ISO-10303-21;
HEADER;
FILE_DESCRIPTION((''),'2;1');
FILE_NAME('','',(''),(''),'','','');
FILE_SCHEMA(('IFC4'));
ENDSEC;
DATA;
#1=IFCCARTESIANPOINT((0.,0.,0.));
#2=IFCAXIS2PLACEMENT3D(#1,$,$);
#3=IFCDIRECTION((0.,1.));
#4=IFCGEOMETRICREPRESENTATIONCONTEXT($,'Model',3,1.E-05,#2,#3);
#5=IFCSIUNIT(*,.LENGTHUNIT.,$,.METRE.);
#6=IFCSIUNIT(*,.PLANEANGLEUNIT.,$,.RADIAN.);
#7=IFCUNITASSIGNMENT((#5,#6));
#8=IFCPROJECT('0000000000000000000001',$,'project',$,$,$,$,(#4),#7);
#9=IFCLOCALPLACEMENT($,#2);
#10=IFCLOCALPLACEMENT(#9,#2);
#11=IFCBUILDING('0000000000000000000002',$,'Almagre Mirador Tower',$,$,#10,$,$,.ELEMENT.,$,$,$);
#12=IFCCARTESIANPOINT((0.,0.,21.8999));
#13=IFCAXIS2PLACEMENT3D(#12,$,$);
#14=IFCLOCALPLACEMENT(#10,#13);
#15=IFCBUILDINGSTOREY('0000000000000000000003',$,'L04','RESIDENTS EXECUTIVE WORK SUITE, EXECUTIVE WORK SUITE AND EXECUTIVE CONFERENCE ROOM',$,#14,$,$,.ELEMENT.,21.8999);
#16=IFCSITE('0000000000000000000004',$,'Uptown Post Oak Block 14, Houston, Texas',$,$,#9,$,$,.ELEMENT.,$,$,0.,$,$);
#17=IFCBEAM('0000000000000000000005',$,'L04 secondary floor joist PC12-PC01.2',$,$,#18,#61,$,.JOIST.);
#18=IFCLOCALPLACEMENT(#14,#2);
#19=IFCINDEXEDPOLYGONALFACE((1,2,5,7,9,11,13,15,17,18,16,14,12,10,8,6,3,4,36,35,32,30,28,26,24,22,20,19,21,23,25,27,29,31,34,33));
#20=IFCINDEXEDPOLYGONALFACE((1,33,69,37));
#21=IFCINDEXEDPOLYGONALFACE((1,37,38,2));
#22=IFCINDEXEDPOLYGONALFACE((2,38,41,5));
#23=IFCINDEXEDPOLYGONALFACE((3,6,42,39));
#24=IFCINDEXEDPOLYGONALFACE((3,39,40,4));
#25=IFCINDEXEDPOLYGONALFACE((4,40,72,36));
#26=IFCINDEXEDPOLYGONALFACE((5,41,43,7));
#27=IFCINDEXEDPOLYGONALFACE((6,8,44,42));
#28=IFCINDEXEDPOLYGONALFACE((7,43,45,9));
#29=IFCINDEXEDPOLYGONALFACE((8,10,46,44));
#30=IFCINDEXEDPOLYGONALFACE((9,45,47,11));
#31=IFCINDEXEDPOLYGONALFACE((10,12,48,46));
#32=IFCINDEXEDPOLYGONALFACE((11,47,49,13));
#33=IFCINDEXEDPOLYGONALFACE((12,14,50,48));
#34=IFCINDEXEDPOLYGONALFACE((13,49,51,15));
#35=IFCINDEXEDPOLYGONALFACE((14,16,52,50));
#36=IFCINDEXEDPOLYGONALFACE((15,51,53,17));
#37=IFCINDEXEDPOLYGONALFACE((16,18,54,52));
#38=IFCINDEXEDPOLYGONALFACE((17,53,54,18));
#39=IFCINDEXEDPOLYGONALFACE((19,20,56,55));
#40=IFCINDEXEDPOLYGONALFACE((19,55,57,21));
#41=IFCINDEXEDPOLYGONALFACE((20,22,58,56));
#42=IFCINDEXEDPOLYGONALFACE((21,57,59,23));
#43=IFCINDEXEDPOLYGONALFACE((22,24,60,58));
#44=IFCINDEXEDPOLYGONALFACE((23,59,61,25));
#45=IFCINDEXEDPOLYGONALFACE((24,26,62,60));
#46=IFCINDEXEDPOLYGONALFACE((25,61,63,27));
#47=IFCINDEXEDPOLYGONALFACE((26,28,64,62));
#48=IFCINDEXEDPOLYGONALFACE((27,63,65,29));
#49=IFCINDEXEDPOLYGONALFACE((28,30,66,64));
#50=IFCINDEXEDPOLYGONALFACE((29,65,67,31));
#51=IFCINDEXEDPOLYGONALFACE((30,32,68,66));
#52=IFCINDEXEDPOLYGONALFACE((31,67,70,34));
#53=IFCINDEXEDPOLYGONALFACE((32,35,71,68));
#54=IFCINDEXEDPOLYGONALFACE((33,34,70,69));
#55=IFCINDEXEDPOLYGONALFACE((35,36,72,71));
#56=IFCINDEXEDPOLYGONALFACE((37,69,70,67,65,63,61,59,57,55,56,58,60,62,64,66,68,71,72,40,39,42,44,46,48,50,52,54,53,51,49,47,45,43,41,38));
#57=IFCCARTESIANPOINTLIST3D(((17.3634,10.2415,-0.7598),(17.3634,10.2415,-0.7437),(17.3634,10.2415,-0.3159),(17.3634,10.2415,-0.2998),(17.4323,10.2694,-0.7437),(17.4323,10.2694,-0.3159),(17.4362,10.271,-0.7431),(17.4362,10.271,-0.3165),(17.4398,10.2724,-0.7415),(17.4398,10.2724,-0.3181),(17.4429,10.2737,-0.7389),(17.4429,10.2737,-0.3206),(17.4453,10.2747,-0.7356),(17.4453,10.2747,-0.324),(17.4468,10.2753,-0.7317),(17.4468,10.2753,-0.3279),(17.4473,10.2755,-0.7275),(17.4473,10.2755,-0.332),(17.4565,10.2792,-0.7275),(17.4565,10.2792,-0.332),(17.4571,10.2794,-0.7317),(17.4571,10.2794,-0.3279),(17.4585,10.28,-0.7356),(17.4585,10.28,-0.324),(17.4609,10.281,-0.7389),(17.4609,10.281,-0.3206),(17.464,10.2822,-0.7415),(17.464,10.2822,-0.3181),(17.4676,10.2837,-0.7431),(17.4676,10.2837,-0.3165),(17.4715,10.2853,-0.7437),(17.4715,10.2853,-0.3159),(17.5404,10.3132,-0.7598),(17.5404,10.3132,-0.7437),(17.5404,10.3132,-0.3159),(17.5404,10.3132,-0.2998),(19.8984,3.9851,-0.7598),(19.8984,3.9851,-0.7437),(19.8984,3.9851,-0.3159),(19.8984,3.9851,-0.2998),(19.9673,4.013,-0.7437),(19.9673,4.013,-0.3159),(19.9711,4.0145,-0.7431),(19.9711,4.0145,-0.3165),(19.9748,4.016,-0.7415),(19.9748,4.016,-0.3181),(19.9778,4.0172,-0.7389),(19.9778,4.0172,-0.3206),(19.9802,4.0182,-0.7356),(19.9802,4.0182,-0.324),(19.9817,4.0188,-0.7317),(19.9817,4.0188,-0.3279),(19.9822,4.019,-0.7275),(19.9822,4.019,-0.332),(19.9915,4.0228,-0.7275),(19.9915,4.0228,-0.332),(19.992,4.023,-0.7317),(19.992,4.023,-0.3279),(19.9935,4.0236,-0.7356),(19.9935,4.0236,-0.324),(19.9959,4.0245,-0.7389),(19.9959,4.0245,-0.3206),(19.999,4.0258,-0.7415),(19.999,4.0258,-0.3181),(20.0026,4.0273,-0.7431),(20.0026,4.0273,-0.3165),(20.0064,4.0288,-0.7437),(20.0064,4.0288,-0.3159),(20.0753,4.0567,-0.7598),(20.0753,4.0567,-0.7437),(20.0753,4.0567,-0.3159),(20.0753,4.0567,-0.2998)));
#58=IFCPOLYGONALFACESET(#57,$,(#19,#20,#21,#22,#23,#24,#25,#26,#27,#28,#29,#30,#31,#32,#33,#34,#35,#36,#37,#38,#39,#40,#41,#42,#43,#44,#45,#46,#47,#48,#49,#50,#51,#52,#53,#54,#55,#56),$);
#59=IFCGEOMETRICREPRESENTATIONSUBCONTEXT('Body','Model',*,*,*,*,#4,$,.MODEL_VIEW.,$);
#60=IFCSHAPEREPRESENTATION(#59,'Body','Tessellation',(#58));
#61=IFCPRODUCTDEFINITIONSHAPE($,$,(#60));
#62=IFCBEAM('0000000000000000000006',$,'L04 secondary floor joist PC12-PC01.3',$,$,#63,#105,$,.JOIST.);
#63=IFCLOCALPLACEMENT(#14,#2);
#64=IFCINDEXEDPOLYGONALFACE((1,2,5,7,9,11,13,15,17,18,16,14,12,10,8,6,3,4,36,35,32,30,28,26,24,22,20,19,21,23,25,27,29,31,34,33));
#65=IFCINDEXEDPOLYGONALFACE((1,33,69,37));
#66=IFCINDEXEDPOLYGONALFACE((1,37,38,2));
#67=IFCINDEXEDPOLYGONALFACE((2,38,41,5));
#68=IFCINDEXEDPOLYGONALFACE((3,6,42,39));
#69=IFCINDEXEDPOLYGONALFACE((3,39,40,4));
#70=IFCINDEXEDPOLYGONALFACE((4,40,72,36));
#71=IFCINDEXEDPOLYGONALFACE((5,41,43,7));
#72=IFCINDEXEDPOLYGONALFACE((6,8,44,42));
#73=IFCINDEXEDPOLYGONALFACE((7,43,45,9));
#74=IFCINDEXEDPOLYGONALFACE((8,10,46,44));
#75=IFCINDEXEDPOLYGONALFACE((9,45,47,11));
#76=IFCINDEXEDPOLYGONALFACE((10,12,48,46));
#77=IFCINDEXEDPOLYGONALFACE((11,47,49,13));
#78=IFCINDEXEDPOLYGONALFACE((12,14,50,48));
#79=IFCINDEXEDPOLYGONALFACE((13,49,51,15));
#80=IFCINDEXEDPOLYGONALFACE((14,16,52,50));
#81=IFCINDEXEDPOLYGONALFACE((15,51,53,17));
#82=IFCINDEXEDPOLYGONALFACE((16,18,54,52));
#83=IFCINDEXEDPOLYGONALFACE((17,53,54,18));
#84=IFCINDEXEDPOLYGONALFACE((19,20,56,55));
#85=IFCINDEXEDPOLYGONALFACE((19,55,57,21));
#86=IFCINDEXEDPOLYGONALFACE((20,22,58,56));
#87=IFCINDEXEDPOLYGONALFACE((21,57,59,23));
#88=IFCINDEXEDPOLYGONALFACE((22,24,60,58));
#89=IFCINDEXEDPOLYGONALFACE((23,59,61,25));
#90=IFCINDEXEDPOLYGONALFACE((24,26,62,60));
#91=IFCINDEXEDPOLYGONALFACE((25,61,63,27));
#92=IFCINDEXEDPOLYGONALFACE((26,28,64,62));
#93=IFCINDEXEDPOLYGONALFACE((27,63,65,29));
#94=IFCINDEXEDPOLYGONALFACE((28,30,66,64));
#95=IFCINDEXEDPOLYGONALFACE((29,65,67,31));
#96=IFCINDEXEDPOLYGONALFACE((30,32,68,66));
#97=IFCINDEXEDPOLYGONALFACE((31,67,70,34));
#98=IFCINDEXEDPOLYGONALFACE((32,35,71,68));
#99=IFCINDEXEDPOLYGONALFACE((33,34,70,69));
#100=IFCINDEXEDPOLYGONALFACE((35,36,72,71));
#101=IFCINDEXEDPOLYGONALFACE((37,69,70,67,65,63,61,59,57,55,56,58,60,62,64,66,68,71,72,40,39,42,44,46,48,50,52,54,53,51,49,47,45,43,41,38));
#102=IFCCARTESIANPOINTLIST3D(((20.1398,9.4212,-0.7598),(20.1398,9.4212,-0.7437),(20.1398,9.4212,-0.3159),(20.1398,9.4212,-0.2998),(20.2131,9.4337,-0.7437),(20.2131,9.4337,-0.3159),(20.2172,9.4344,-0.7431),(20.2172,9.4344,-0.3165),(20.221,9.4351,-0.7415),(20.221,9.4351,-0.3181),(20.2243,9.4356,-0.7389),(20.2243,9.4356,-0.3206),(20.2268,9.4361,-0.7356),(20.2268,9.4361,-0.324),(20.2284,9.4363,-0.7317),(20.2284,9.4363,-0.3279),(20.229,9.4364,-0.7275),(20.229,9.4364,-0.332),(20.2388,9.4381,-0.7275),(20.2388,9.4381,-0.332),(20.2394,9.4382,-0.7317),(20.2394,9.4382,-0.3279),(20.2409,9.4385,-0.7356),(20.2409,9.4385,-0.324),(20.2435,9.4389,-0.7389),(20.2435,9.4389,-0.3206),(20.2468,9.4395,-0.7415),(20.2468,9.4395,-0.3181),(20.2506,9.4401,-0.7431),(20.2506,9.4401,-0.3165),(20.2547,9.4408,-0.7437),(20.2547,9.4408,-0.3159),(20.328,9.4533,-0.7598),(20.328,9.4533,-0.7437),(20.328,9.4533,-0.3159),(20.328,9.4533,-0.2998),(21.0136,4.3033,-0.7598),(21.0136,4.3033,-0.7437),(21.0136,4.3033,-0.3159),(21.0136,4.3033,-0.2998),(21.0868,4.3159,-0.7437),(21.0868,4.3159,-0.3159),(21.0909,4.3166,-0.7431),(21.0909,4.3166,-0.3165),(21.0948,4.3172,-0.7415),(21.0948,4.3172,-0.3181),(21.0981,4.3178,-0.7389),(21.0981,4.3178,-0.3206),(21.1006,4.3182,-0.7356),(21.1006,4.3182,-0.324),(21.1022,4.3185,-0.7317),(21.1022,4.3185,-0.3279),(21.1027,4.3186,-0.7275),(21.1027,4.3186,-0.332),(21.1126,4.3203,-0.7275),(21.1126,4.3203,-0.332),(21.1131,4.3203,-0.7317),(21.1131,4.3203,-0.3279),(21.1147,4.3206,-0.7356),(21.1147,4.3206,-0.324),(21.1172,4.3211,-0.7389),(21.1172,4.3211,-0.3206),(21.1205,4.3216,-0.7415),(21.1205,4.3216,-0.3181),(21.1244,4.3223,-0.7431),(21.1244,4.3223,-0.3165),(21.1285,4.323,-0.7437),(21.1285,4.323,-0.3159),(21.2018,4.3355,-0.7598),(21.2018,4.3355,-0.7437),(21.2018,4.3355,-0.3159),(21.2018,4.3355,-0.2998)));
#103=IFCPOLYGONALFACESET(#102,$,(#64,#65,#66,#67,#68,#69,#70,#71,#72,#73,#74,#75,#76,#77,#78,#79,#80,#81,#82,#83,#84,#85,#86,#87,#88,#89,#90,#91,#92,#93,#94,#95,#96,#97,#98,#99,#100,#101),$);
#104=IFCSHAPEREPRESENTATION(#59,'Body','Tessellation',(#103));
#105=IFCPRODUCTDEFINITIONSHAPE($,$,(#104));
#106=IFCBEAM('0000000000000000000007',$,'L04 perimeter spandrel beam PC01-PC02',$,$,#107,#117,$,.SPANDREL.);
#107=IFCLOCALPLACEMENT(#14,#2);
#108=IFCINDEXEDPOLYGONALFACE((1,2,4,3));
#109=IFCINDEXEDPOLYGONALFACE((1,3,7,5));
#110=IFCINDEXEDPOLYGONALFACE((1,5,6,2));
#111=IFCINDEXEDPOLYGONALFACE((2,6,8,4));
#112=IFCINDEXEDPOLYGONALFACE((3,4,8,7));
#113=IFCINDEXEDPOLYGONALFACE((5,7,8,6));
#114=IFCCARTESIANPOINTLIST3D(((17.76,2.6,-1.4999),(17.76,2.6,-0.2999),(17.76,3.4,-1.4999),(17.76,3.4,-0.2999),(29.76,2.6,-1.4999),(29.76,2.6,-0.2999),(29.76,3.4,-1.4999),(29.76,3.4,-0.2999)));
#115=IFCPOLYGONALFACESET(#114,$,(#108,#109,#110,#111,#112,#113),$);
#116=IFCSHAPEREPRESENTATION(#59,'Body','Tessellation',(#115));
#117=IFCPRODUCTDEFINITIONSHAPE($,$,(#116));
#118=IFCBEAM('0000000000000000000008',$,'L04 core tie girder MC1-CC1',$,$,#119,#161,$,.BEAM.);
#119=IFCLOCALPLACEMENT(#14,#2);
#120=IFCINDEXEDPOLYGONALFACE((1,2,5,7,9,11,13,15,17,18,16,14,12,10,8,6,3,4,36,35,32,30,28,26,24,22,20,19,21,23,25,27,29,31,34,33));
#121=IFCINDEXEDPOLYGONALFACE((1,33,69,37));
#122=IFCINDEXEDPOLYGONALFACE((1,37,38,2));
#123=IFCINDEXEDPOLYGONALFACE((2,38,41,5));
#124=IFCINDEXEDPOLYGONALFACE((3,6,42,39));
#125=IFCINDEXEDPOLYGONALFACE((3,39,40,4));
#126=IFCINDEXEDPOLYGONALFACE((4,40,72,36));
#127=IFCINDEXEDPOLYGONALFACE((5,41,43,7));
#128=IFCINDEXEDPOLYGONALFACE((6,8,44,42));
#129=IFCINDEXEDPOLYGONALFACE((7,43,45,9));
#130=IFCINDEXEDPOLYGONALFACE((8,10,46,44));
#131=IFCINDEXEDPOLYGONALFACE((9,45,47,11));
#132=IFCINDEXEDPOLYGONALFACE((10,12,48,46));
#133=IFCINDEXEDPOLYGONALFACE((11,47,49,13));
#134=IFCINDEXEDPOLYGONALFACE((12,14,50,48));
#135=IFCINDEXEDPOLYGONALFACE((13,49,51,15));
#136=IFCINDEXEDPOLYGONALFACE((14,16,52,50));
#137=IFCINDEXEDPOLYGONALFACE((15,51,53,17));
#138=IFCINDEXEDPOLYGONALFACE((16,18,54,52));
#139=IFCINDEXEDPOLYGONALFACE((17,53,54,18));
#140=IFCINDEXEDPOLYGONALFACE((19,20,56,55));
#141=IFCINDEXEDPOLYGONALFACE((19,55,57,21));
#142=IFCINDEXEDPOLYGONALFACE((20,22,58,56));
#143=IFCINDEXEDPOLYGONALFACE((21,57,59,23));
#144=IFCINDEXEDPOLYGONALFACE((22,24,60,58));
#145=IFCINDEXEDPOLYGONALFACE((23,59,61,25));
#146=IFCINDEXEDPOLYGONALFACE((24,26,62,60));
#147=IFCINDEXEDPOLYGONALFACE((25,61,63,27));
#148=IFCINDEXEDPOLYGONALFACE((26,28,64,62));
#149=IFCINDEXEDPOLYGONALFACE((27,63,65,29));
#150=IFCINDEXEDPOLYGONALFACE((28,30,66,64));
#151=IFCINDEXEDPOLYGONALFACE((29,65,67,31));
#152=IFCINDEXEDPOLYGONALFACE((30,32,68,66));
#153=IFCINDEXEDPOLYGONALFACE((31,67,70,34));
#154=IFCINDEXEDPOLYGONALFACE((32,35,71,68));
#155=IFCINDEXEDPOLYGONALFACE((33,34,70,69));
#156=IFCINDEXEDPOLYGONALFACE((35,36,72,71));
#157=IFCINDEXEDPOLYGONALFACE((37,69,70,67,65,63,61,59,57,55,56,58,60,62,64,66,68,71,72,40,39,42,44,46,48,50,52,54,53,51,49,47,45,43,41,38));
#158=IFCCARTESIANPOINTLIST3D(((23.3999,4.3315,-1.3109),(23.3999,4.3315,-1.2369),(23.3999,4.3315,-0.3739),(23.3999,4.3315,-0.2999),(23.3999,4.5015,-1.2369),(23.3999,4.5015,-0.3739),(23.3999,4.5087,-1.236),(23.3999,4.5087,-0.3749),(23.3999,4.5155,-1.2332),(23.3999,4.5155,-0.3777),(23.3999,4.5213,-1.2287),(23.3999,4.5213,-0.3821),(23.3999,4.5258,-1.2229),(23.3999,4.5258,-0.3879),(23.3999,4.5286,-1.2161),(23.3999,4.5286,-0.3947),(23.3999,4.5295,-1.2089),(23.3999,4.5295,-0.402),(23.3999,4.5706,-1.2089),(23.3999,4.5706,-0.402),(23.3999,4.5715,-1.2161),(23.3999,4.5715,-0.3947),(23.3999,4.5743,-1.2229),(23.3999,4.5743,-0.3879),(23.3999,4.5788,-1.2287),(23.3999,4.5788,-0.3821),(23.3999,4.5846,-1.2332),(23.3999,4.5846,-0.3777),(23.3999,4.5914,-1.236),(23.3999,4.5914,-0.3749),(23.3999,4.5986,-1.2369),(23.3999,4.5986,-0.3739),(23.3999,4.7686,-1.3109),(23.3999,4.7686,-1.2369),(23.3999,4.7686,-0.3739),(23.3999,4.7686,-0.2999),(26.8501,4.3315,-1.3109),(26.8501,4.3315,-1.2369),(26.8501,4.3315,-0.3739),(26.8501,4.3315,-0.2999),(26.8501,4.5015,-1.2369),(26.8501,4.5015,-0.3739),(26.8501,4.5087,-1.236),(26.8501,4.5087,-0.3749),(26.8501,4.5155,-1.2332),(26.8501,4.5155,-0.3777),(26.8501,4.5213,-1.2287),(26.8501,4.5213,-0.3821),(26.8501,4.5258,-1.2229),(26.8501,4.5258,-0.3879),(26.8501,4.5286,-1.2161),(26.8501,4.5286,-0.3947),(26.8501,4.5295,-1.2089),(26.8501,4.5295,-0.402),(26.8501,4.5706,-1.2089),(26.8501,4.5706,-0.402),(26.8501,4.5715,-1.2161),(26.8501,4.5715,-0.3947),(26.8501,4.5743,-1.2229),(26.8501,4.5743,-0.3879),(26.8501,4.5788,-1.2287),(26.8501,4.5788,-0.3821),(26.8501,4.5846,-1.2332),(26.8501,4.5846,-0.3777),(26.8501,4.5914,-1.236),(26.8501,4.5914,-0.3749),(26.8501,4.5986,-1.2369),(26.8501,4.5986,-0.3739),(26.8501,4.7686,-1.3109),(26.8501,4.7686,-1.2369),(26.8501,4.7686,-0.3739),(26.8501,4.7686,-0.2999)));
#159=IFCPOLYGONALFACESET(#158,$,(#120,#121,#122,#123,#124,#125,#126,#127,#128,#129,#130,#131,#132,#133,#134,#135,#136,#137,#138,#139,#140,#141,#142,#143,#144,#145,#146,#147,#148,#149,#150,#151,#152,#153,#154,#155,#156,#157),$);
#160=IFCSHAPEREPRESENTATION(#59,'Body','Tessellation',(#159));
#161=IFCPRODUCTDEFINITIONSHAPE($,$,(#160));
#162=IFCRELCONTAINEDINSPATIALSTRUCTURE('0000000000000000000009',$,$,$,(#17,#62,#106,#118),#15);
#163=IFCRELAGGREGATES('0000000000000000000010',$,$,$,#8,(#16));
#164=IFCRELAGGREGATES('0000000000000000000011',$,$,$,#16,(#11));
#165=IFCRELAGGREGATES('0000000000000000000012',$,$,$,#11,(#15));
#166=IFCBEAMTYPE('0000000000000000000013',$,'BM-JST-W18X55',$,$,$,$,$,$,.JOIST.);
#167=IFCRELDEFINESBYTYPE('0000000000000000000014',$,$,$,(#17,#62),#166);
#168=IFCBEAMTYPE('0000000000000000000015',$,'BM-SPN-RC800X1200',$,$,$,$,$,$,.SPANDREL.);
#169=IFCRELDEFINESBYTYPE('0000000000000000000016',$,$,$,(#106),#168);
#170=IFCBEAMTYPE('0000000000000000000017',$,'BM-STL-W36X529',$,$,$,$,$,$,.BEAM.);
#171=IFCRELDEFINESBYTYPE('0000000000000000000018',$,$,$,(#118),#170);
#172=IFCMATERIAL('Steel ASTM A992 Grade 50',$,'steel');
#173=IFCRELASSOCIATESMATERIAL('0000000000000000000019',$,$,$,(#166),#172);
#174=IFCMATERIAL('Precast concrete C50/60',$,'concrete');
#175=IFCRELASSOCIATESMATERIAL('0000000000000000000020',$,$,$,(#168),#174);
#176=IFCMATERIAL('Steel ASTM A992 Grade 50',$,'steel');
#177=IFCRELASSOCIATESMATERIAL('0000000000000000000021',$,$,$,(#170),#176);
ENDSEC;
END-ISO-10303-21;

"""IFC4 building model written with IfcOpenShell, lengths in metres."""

from ifc_helpers import new_model, si_unit, direction, frame, origin, origin_2d, place, context, subcontext, project, spatial, rectangle, i_section, extrude, material, material_profile, profile_set, type_object, element, save


model = new_model("IFC4")

# Units and contexts
model_context = context("Model", 3, precision=1e-05, world=origin(), true_north=direction((0.0, 1.0)))
body_context = subcontext(model_context, "Body", "Model", "MODEL_VIEW")
ifc_project = project(units=[si_unit("LENGTHUNIT", "METRE"), si_unit("PLANEANGLEUNIT", "RADIAN")], contexts=[model_context])

# Site, building, storey
site_placement = place(None, origin())
site = spatial("IfcSite", under=ifc_project, at=site_placement, Name="Uptown Post Oak Block 14, Houston, Texas", CompositionType="ELEMENT", RefElevation=0.0)
building_placement = place(site_placement, origin())
building = spatial("IfcBuilding", under=site, at=building_placement, Name="Almagre Mirador Tower", CompositionType="ELEMENT")
storey_placement = place(building_placement, frame((0.0, 0.0, 21.8999)))
storey = spatial("IfcBuildingStorey", under=building, at=storey_placement, Name="L04", Description="RESIDENTS EXECUTIVE WORK SUITE, EXECUTIVE WORK SUITE AND EXECUTIVE CONFERENCE ROOM", CompositionType="ELEMENT", Elevation=21.8999)

# Beams
ifc_material_1 = material(Name="Steel ASTM A992 Grade 50", Category="steel")
ifc_material_profile_1 = material_profile(ifc_material_1, i_section(OverallWidth=0.1909, OverallDepth=0.46, WebThickness=0.01, FlangeThickness=0.0161, FilletRadius=0.0161, at=origin_2d()), Name="W18X55")
ifc_profile_set_1 = profile_set([ifc_material_profile_1], Name="Steel ASTM A992 Grade 50")
beam_type_1 = type_object("IfcBeamType", Name="BM-JST-W18X55", PredefinedType="JOIST", material=ifc_profile_set_1)
beam_1_placement = place(storey_placement, frame((17.4519, 10.2773, -0.5298), z_axis=(0.375521, -0.926814, 0.0), x_axis=(0.926814, 0.375521, 0.0)))
element("IfcBeam", 1, at=beam_1_placement, inside=storey, type_object=beam_type_1, Name="L04 secondary floor joist PC12-PC01.2", PredefinedType="JOIST", context=body_context, shape_type="SweptSolid", body=[
    extrude(i_section(OverallWidth=0.1909, OverallDepth=0.46, WebThickness=0.01, FlangeThickness=0.0161, FilletRadius=0.0161, at=origin_2d()), origin(), (0.0, 0.0, 1.0), 6.7505),
])
beam_2_placement = place(storey_placement, frame((20.2339, 9.4373, -0.5298), z_axis=(0.168294, -0.985737, 0.0), x_axis=(0.985737, 0.168294, 0.0)))
element("IfcBeam", 2, at=beam_2_placement, inside=storey, type_object=beam_type_1, Name="L04 secondary floor joist PC12-PC01.3", PredefinedType="JOIST", context=body_context, shape_type="SweptSolid", body=[
    extrude(i_section(OverallWidth=0.1909, OverallDepth=0.46, WebThickness=0.01, FlangeThickness=0.0161, FilletRadius=0.0161, at=origin_2d()), origin(), (0.0, 0.0, 1.0), 5.1919),
])
ifc_material_2 = material(Name="Precast concrete C50/60", Category="concrete")
ifc_material_profile_2 = material_profile(ifc_material_2, rectangle(XDim=0.8, YDim=1.2, at=origin_2d()), Name="RC800X1200")
ifc_profile_set_2 = profile_set([ifc_material_profile_2], Name="Precast concrete C50/60")
beam_type_2 = type_object("IfcBeamType", Name="BM-SPN-RC800X1200", PredefinedType="SPANDREL", material=ifc_profile_set_2)
beam_3_placement = place(storey_placement, frame((17.76, 3.0, -0.8999), z_axis=(1.0, 0.0, 0.0), x_axis=(0.0, 1.0, 0.0)))
element("IfcBeam", 3, at=beam_3_placement, inside=storey, type_object=beam_type_2, Name="L04 perimeter spandrel beam PC01-PC02", PredefinedType="SPANDREL", context=body_context, shape_type="SweptSolid", body=[
    extrude(rectangle(XDim=0.8, YDim=1.2, at=origin_2d()), origin(), (0.0, 0.0, 1.0), 12.0),
])
ifc_material_3 = material(Name="Steel ASTM A992 Grade 50", Category="steel")
ifc_material_profile_3 = material_profile(ifc_material_3, i_section(OverallWidth=0.437, OverallDepth=1.011, WebThickness=0.041, FlangeThickness=0.074, FilletRadius=0.0281, at=origin_2d()), Name="W36X529")
ifc_profile_set_3 = profile_set([ifc_material_profile_3], Name="Steel ASTM A992 Grade 50")
beam_type_3 = type_object("IfcBeamType", Name="BM-STL-W36X529", PredefinedType="BEAM", material=ifc_profile_set_3)
beam_4_placement = place(storey_placement, frame((23.3999, 4.55, -0.8054), z_axis=(1.0, 0.0, 0.0), x_axis=(0.0, 1.0, 0.0)))
element("IfcBeam", 4, at=beam_4_placement, inside=storey, type_object=beam_type_3, Name="L04 core tie girder MC1-CC1", PredefinedType="BEAM", context=body_context, shape_type="SweptSolid", body=[
    extrude(i_section(OverallWidth=0.437, OverallDepth=1.011, WebThickness=0.041, FlangeThickness=0.074, FilletRadius=0.0281, at=origin_2d()), origin(), (0.0, 0.0, 1.0), 3.4502),
])

save(model, "model.ifc")
